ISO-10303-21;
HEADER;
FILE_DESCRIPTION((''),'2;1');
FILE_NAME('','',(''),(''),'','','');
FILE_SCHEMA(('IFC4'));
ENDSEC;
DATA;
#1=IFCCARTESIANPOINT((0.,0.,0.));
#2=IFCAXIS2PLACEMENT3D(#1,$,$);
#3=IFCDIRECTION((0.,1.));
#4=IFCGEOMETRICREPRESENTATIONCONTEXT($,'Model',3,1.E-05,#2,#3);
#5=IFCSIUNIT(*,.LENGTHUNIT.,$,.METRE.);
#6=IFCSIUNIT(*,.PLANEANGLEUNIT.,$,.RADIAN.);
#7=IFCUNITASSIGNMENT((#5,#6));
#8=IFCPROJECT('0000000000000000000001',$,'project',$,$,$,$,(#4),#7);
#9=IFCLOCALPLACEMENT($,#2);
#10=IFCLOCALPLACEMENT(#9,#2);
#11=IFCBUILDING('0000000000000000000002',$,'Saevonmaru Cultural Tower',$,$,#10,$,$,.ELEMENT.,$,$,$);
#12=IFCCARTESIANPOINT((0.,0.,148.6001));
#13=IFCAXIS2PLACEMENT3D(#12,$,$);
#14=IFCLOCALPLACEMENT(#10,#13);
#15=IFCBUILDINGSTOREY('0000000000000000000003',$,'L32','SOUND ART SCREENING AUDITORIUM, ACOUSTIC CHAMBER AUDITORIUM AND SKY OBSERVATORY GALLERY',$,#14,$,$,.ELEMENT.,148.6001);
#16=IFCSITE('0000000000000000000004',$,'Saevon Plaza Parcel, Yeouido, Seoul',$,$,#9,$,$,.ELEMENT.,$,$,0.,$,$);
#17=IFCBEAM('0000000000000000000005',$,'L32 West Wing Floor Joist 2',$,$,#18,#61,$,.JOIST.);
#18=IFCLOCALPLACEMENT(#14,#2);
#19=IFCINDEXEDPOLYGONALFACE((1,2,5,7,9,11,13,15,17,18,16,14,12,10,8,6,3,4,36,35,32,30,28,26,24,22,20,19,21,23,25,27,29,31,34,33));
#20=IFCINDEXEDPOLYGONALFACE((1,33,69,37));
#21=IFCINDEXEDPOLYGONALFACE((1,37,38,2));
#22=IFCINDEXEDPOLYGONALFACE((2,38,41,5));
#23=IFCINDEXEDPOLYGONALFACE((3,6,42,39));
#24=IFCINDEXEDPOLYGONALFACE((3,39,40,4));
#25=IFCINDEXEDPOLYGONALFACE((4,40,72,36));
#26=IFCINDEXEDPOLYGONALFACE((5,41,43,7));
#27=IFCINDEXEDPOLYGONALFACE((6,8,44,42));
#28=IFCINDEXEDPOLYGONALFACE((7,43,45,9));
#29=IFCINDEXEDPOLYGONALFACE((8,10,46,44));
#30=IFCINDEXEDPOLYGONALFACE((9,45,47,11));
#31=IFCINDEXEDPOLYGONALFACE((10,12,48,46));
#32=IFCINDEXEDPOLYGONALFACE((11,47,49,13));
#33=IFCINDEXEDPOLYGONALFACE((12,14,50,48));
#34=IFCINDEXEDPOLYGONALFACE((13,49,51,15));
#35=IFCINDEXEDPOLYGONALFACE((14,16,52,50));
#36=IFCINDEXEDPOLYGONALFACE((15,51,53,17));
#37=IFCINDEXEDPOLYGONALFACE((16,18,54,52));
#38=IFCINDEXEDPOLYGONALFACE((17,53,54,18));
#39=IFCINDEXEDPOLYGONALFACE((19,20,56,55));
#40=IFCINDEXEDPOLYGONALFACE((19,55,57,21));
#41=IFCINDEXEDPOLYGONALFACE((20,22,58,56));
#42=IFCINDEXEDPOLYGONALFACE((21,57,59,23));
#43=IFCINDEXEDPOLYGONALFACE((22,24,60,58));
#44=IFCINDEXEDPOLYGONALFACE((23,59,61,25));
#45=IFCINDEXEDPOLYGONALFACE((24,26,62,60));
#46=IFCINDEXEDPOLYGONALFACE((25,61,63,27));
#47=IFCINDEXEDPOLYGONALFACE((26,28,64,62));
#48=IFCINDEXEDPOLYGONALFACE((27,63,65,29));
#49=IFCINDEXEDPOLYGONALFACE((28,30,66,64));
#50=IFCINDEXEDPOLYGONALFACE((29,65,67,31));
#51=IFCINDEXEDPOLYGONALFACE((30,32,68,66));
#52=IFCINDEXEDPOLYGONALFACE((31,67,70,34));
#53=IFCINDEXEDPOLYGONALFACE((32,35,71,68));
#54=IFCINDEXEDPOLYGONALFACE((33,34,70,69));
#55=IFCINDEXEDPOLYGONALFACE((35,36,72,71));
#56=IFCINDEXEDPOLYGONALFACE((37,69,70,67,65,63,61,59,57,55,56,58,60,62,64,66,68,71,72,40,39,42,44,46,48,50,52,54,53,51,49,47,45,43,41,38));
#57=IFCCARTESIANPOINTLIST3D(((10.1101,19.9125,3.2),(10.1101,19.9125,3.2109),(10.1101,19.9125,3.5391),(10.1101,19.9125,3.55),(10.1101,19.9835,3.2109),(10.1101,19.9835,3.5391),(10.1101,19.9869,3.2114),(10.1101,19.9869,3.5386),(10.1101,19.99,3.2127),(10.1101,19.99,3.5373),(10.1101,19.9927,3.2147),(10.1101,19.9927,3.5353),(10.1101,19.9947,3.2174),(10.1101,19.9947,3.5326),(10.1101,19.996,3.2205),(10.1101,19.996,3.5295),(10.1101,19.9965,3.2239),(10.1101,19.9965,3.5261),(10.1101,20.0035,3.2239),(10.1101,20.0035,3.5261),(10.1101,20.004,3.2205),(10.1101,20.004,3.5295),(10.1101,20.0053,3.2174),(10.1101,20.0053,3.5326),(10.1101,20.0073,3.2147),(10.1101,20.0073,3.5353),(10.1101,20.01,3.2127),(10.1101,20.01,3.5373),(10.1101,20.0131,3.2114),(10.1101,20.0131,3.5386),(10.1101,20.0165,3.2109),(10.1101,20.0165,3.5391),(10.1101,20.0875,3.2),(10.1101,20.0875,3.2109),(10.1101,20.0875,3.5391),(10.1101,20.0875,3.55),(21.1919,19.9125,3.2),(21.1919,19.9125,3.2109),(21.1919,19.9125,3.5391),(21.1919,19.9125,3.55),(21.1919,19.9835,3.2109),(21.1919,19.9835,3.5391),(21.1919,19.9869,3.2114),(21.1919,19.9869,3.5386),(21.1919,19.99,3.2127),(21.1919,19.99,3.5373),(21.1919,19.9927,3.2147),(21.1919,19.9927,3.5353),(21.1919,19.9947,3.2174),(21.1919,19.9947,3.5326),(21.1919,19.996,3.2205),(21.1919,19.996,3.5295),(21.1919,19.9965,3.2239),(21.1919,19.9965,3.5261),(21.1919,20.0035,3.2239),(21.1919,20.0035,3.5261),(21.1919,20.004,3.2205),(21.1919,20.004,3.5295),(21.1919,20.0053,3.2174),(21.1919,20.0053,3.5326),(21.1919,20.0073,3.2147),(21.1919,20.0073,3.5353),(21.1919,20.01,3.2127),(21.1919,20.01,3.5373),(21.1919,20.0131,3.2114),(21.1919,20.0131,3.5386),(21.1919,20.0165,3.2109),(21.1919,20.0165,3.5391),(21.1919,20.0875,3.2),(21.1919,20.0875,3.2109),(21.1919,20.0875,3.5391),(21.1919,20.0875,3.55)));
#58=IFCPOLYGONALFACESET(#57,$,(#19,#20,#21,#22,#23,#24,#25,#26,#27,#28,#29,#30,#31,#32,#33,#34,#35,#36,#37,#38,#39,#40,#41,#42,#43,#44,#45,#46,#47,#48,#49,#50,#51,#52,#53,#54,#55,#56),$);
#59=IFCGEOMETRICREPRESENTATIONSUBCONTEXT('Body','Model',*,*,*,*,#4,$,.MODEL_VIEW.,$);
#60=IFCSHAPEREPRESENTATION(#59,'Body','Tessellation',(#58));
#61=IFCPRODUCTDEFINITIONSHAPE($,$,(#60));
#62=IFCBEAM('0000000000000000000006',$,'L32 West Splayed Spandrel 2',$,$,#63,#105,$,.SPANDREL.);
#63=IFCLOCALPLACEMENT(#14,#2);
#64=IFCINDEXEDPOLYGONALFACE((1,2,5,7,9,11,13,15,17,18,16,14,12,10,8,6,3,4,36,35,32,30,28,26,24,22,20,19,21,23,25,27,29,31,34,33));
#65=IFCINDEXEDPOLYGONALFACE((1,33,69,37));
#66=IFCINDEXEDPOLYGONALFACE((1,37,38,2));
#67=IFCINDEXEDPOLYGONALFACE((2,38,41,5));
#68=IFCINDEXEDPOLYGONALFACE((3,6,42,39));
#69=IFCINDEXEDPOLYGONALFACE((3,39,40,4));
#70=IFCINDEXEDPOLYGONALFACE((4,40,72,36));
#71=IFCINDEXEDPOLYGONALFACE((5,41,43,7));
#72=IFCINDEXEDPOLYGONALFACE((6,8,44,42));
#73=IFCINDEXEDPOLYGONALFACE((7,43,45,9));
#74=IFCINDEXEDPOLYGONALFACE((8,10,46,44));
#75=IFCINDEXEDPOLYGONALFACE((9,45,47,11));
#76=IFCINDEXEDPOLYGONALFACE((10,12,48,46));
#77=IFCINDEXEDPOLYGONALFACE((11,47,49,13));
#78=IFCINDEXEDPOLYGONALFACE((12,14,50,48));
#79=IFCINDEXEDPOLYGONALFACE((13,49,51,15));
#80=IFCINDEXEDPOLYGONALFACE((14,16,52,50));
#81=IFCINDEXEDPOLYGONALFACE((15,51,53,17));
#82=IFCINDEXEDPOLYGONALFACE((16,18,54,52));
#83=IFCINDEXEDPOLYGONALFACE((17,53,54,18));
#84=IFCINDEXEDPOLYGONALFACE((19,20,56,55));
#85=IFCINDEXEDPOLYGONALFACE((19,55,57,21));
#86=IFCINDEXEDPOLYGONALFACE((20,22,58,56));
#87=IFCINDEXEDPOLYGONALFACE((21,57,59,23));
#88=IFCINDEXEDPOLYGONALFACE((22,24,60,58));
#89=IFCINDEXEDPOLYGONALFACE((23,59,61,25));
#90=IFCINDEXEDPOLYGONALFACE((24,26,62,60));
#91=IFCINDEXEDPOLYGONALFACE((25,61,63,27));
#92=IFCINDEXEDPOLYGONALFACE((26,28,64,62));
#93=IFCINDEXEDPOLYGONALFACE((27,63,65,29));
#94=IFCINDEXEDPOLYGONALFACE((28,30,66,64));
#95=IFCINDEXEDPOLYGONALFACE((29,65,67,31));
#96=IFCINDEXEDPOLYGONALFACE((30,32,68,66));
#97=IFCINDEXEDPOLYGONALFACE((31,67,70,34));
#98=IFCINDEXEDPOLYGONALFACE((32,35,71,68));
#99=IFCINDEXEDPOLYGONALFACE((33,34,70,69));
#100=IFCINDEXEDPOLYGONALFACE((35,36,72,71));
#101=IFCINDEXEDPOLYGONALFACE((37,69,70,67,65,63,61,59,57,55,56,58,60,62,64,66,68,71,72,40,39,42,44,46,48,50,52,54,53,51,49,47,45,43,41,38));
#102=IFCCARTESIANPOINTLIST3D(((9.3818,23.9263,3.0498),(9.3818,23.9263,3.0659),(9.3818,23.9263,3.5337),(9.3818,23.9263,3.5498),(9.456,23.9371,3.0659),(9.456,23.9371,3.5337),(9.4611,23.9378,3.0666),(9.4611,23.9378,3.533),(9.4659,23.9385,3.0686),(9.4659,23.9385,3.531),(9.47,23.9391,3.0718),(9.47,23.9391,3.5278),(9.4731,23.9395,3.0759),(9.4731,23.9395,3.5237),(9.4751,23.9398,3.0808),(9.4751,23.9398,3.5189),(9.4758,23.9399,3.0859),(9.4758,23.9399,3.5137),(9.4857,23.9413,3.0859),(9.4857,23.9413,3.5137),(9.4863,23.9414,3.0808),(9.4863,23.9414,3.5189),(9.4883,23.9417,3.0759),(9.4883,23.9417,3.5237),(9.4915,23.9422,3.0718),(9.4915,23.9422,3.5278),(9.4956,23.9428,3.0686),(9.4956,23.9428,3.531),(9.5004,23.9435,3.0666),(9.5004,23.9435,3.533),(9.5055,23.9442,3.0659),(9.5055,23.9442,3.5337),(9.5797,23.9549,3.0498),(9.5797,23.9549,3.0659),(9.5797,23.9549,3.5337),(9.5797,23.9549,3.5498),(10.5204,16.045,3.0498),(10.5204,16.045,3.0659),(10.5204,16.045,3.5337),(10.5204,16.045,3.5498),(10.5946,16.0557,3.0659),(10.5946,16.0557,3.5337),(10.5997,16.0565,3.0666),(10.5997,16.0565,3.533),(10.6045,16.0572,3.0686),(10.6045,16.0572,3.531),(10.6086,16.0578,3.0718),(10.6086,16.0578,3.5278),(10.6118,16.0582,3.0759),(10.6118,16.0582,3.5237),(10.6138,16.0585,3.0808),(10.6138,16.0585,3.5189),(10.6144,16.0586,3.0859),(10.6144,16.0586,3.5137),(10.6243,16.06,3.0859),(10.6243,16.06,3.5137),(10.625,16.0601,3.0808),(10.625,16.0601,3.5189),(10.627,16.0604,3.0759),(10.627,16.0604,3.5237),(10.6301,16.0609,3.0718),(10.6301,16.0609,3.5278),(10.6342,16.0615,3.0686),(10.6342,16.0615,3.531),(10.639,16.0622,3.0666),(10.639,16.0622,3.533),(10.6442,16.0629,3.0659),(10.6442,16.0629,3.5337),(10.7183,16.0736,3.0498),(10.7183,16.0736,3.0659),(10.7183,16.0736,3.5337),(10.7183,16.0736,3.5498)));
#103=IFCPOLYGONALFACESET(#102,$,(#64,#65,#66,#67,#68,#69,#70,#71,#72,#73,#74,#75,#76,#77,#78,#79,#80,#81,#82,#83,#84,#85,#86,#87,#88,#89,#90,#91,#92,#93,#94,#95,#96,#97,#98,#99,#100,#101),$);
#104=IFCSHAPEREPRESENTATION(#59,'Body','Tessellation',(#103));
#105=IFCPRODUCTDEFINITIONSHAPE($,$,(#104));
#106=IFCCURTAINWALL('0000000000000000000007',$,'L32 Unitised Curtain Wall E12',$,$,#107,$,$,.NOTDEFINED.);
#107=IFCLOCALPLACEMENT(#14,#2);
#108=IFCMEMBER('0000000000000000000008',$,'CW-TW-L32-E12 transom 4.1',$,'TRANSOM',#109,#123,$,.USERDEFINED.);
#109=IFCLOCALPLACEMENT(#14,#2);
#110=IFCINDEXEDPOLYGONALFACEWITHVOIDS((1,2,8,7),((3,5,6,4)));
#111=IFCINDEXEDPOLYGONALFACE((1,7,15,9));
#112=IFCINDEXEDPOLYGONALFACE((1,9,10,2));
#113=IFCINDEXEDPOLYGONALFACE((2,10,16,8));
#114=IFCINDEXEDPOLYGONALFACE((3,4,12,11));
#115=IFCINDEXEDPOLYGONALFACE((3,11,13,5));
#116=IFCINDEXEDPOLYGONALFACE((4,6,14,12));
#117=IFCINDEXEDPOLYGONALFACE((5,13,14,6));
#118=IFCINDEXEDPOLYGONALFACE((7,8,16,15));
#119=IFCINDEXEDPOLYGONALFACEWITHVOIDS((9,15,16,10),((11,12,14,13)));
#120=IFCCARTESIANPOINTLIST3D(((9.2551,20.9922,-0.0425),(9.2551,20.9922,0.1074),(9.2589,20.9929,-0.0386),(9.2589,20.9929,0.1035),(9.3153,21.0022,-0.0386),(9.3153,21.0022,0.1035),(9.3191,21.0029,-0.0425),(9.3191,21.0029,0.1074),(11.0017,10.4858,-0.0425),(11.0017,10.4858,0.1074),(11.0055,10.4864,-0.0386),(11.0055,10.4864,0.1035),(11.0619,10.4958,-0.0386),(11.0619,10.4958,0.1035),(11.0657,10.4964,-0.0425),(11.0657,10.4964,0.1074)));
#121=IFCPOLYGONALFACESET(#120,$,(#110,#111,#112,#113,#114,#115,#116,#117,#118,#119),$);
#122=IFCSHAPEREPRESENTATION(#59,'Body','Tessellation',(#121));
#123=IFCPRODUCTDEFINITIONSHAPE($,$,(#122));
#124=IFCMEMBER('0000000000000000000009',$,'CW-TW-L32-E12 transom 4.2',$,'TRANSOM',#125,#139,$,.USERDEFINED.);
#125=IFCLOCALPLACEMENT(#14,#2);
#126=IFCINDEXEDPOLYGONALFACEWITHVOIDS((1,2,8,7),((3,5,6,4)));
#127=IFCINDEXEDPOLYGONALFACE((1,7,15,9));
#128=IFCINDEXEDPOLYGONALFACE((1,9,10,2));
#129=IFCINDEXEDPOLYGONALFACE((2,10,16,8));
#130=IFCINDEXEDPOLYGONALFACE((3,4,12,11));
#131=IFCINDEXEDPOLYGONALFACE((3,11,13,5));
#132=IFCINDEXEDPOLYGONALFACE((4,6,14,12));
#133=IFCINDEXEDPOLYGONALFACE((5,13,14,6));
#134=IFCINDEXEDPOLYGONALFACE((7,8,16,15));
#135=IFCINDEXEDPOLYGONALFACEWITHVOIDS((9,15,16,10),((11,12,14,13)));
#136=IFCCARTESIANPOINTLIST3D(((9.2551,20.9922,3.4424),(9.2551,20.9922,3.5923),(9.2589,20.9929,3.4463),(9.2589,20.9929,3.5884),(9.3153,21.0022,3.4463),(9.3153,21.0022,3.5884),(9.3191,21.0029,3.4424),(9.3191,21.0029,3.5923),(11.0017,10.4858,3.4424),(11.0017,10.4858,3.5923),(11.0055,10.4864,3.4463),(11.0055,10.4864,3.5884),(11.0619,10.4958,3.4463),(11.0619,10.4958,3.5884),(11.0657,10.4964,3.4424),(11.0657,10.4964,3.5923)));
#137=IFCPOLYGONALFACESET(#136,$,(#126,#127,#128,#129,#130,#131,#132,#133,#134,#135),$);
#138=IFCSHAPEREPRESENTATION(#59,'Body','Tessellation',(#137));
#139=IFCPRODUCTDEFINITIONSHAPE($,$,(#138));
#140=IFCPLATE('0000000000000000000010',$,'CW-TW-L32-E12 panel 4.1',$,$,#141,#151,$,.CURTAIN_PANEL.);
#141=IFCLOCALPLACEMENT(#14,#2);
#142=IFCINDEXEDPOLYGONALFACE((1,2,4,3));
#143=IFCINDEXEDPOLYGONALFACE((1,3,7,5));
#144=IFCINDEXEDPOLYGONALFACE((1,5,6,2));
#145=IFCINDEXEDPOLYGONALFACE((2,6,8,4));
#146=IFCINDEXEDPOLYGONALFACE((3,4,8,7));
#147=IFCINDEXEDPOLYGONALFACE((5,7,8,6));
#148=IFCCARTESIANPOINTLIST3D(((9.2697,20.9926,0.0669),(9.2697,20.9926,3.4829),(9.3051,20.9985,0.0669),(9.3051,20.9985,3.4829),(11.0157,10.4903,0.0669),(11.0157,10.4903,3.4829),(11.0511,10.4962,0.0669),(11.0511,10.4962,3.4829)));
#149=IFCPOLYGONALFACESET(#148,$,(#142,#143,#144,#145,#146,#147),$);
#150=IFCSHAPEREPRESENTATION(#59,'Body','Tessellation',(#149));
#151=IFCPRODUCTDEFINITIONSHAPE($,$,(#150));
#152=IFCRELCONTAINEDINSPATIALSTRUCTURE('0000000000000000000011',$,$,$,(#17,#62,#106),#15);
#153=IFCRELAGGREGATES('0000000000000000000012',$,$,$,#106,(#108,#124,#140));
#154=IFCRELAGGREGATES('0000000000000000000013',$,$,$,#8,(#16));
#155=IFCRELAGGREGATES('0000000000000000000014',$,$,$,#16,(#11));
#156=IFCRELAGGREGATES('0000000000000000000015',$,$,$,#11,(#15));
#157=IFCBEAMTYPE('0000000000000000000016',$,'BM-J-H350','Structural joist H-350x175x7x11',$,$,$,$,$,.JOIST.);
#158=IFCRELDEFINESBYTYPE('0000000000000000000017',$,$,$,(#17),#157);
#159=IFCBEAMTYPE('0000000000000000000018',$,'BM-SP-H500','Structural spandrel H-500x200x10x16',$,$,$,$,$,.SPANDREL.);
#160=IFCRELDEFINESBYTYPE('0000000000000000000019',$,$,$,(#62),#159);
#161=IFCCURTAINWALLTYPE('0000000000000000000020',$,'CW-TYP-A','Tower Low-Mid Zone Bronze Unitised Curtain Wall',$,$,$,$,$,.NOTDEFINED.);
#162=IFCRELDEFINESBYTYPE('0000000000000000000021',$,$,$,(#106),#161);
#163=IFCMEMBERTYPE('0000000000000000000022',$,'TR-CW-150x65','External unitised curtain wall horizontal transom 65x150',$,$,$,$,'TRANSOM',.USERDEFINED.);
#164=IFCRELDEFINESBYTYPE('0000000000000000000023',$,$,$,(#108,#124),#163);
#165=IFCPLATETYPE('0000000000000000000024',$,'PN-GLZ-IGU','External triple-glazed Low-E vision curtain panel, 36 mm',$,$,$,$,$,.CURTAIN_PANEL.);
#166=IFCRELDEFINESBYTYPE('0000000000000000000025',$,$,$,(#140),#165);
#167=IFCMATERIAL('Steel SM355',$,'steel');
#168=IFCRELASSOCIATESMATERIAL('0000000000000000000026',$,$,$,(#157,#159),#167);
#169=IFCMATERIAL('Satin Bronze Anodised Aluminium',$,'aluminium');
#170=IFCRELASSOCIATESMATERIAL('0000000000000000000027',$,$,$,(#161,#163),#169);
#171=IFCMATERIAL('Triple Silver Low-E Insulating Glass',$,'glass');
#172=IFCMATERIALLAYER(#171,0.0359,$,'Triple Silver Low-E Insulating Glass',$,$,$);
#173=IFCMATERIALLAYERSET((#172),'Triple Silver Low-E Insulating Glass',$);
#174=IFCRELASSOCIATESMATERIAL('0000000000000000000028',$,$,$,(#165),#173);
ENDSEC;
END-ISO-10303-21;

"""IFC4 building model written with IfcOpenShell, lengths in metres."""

from ifc_helpers import new_model, si_unit, direction, frame, origin, origin_2d, place, context, subcontext, project, spatial, rectangle, hollow_rectangle, i_section, extrude, material, layer, layer_set, material_profile, profile_set, type_object, element, aggregate, save


model = new_model("IFC4")

# Units and contexts
model_context = context("Model", 3, precision=1e-05, world=origin(), true_north=direction((0.0, 1.0)))
body_context = subcontext(model_context, "Body", "Model", "MODEL_VIEW")
ifc_project = project(units=[si_unit("LENGTHUNIT", "METRE"), si_unit("PLANEANGLEUNIT", "RADIAN")], contexts=[model_context])

# Site, building, storey
site_placement = place(None, origin())
site = spatial("IfcSite", under=ifc_project, at=site_placement, Name="Saevon Plaza Parcel, Yeouido, Seoul", CompositionType="ELEMENT", RefElevation=0.0)
building_placement = place(site_placement, origin())
building = spatial("IfcBuilding", under=site, at=building_placement, Name="Saevonmaru Cultural Tower", CompositionType="ELEMENT")
storey_placement = place(building_placement, frame((0.0, 0.0, 148.6001)))
storey = spatial("IfcBuildingStorey", under=building, at=storey_placement, Name="L32", Description="SOUND ART SCREENING AUDITORIUM, ACOUSTIC CHAMBER AUDITORIUM AND SKY OBSERVATORY GALLERY", CompositionType="ELEMENT", Elevation=148.6001)

# Beams
ifc_material_1 = material(Name="Steel SM355", Category="steel")
ifc_material_profile_1 = material_profile(ifc_material_1, i_section(OverallWidth=0.175, OverallDepth=0.3501, WebThickness=0.0071, FlangeThickness=0.011, FilletRadius=0.0129, at=origin_2d()), Name="H-350x175x7x11")
ifc_profile_set_1 = profile_set([ifc_material_profile_1], Name="Steel SM355")
beam_type_1 = type_object("IfcBeamType", Name="BM-J-H350", Description="Structural joist H-350x175x7x11", PredefinedType="JOIST", material=ifc_profile_set_1)
beam_1_placement = place(storey_placement, frame((10.1101, 20.0, 3.375), z_axis=(1.0, 0.0, 0.0), x_axis=(0.0, 1.0, 0.0)))
element("IfcBeam", 1, at=beam_1_placement, inside=storey, type_object=beam_type_1, Name="L32 West Wing Floor Joist 2", PredefinedType="JOIST", context=body_context, shape_type="SweptSolid", body=[
    extrude(i_section(OverallWidth=0.175, OverallDepth=0.3501, WebThickness=0.0071, FlangeThickness=0.011, FilletRadius=0.0129, at=origin_2d()), origin(), (0.0, 0.0, 1.0), 11.0818),
])
ifc_material_profile_2 = material_profile(ifc_material_1, i_section(OverallWidth=0.2, OverallDepth=0.5, WebThickness=0.01, FlangeThickness=0.0161, FilletRadius=0.02, at=origin_2d()), Name="H-500x200x10x16")
ifc_profile_set_2 = profile_set([ifc_material_profile_2], Name="Steel SM355")
beam_type_2 = type_object("IfcBeamType", Name="BM-SP-H500", Description="Structural spandrel H-500x200x10x16", PredefinedType="SPANDREL", material=ifc_profile_set_2)
beam_2_placement = place(storey_placement, frame((10.6194, 16.0593, 3.2998), z_axis=(-0.142992, 0.989724, 0.0), x_axis=(-0.989724, -0.142992, 0.0)))
element("IfcBeam", 2, at=beam_2_placement, inside=storey, type_object=beam_type_2, Name="L32 West Splayed Spandrel 2", PredefinedType="SPANDREL", context=body_context, shape_type="SweptSolid", body=[
    extrude(i_section(OverallWidth=0.2, OverallDepth=0.5, WebThickness=0.01, FlangeThickness=0.0161, FilletRadius=0.02, at=origin_2d()), origin(), (0.0, 0.0, 1.0), 7.9631),
])

# Curtain wall, members, plate
ifc_material_2 = material(Name="Satin Bronze Anodised Aluminium", Category="aluminium")
curtain_wall_type = type_object("IfcCurtainWallType", Name="CW-TYP-A", Description="Tower Low-Mid Zone Bronze Unitised Curtain Wall", PredefinedType="NOTDEFINED", material=ifc_material_2)
curtain_wall_placement = place(storey_placement, origin())
curtain_wall = element("IfcCurtainWall", 3, at=curtain_wall_placement, inside=storey, type_object=curtain_wall_type, Name="L32 Unitised Curtain Wall E12", PredefinedType="NOTDEFINED")
ifc_material_profile_3 = material_profile(ifc_material_2, hollow_rectangle(XDim=0.0649, YDim=0.1499, WallThickness=0.0039, at=origin_2d()), Name="ALU-TRAN-150x65x4")
ifc_profile_set_3 = profile_set([ifc_material_profile_3], Name="Satin Bronze Anodised Aluminium")
member_type = type_object("IfcMemberType", Name="TR-CW-150x65", Description="External unitised curtain wall horizontal transom 65x150", ElementType="TRANSOM", PredefinedType="USERDEFINED", material=ifc_profile_set_3)
member_1_placement = place(storey_placement, frame((9.2871, 20.9976, 0.0325), z_axis=(0.16399, -0.986462, 0.0), x_axis=(0.986462, 0.16399, 0.0)))
member_1 = element("IfcMember", 4, at=member_1_placement, type_object=member_type, Name="CW-TW-L32-E12 transom 4.1", ObjectType="TRANSOM", PredefinedType="USERDEFINED", context=body_context, shape_type="SweptSolid", body=[
    extrude(hollow_rectangle(XDim=0.0649, YDim=0.1499, WallThickness=0.0039, at=origin_2d()), origin(), (0.0, 0.0, 1.0), 10.6506),
])
member_2_placement = place(storey_placement, frame((9.2871, 20.9976, 3.5173), z_axis=(0.16399, -0.986462, 0.0), x_axis=(0.986462, 0.16399, 0.0)))
member_2 = element("IfcMember", 5, at=member_2_placement, type_object=member_type, Name="CW-TW-L32-E12 transom 4.2", ObjectType="TRANSOM", PredefinedType="USERDEFINED", context=body_context, shape_type="SweptSolid", body=[
    extrude(hollow_rectangle(XDim=0.0649, YDim=0.1499, WallThickness=0.0039, at=origin_2d()), origin(), (0.0, 0.0, 1.0), 10.6506),
])
ifc_material_3 = material(Name="Triple Silver Low-E Insulating Glass", Category="glass")
ifc_layer_1 = layer(ifc_material_3, 0.0359, Name="Triple Silver Low-E Insulating Glass")
ifc_layer_set_1 = layer_set([ifc_layer_1], Name="Triple Silver Low-E Insulating Glass")
plate_type = type_object("IfcPlateType", Name="PN-GLZ-IGU", Description="External triple-glazed Low-E vision curtain panel, 36 mm", PredefinedType="CURTAIN_PANEL", material=ifc_layer_set_1)
plate_placement = place(storey_placement, frame((10.1604, 15.7444, 0.0669), z_axis=(0.0, 0.0, 1.0), x_axis=(0.163999, -0.986461, 0.0)))
plate = element("IfcPlate", 6, at=plate_placement, type_object=plate_type, Name="CW-TW-L32-E12 panel 4.1", PredefinedType="CURTAIN_PANEL", context=body_context, shape_type="SweptSolid", body=[
    extrude(rectangle(XDim=10.6465, YDim=0.0359, at=origin_2d()), origin(), (0.0, 0.0, 1.0), 3.416),
])
aggregate(curtain_wall, [member_1, member_2, plate])

save(model, "model.ifc")
